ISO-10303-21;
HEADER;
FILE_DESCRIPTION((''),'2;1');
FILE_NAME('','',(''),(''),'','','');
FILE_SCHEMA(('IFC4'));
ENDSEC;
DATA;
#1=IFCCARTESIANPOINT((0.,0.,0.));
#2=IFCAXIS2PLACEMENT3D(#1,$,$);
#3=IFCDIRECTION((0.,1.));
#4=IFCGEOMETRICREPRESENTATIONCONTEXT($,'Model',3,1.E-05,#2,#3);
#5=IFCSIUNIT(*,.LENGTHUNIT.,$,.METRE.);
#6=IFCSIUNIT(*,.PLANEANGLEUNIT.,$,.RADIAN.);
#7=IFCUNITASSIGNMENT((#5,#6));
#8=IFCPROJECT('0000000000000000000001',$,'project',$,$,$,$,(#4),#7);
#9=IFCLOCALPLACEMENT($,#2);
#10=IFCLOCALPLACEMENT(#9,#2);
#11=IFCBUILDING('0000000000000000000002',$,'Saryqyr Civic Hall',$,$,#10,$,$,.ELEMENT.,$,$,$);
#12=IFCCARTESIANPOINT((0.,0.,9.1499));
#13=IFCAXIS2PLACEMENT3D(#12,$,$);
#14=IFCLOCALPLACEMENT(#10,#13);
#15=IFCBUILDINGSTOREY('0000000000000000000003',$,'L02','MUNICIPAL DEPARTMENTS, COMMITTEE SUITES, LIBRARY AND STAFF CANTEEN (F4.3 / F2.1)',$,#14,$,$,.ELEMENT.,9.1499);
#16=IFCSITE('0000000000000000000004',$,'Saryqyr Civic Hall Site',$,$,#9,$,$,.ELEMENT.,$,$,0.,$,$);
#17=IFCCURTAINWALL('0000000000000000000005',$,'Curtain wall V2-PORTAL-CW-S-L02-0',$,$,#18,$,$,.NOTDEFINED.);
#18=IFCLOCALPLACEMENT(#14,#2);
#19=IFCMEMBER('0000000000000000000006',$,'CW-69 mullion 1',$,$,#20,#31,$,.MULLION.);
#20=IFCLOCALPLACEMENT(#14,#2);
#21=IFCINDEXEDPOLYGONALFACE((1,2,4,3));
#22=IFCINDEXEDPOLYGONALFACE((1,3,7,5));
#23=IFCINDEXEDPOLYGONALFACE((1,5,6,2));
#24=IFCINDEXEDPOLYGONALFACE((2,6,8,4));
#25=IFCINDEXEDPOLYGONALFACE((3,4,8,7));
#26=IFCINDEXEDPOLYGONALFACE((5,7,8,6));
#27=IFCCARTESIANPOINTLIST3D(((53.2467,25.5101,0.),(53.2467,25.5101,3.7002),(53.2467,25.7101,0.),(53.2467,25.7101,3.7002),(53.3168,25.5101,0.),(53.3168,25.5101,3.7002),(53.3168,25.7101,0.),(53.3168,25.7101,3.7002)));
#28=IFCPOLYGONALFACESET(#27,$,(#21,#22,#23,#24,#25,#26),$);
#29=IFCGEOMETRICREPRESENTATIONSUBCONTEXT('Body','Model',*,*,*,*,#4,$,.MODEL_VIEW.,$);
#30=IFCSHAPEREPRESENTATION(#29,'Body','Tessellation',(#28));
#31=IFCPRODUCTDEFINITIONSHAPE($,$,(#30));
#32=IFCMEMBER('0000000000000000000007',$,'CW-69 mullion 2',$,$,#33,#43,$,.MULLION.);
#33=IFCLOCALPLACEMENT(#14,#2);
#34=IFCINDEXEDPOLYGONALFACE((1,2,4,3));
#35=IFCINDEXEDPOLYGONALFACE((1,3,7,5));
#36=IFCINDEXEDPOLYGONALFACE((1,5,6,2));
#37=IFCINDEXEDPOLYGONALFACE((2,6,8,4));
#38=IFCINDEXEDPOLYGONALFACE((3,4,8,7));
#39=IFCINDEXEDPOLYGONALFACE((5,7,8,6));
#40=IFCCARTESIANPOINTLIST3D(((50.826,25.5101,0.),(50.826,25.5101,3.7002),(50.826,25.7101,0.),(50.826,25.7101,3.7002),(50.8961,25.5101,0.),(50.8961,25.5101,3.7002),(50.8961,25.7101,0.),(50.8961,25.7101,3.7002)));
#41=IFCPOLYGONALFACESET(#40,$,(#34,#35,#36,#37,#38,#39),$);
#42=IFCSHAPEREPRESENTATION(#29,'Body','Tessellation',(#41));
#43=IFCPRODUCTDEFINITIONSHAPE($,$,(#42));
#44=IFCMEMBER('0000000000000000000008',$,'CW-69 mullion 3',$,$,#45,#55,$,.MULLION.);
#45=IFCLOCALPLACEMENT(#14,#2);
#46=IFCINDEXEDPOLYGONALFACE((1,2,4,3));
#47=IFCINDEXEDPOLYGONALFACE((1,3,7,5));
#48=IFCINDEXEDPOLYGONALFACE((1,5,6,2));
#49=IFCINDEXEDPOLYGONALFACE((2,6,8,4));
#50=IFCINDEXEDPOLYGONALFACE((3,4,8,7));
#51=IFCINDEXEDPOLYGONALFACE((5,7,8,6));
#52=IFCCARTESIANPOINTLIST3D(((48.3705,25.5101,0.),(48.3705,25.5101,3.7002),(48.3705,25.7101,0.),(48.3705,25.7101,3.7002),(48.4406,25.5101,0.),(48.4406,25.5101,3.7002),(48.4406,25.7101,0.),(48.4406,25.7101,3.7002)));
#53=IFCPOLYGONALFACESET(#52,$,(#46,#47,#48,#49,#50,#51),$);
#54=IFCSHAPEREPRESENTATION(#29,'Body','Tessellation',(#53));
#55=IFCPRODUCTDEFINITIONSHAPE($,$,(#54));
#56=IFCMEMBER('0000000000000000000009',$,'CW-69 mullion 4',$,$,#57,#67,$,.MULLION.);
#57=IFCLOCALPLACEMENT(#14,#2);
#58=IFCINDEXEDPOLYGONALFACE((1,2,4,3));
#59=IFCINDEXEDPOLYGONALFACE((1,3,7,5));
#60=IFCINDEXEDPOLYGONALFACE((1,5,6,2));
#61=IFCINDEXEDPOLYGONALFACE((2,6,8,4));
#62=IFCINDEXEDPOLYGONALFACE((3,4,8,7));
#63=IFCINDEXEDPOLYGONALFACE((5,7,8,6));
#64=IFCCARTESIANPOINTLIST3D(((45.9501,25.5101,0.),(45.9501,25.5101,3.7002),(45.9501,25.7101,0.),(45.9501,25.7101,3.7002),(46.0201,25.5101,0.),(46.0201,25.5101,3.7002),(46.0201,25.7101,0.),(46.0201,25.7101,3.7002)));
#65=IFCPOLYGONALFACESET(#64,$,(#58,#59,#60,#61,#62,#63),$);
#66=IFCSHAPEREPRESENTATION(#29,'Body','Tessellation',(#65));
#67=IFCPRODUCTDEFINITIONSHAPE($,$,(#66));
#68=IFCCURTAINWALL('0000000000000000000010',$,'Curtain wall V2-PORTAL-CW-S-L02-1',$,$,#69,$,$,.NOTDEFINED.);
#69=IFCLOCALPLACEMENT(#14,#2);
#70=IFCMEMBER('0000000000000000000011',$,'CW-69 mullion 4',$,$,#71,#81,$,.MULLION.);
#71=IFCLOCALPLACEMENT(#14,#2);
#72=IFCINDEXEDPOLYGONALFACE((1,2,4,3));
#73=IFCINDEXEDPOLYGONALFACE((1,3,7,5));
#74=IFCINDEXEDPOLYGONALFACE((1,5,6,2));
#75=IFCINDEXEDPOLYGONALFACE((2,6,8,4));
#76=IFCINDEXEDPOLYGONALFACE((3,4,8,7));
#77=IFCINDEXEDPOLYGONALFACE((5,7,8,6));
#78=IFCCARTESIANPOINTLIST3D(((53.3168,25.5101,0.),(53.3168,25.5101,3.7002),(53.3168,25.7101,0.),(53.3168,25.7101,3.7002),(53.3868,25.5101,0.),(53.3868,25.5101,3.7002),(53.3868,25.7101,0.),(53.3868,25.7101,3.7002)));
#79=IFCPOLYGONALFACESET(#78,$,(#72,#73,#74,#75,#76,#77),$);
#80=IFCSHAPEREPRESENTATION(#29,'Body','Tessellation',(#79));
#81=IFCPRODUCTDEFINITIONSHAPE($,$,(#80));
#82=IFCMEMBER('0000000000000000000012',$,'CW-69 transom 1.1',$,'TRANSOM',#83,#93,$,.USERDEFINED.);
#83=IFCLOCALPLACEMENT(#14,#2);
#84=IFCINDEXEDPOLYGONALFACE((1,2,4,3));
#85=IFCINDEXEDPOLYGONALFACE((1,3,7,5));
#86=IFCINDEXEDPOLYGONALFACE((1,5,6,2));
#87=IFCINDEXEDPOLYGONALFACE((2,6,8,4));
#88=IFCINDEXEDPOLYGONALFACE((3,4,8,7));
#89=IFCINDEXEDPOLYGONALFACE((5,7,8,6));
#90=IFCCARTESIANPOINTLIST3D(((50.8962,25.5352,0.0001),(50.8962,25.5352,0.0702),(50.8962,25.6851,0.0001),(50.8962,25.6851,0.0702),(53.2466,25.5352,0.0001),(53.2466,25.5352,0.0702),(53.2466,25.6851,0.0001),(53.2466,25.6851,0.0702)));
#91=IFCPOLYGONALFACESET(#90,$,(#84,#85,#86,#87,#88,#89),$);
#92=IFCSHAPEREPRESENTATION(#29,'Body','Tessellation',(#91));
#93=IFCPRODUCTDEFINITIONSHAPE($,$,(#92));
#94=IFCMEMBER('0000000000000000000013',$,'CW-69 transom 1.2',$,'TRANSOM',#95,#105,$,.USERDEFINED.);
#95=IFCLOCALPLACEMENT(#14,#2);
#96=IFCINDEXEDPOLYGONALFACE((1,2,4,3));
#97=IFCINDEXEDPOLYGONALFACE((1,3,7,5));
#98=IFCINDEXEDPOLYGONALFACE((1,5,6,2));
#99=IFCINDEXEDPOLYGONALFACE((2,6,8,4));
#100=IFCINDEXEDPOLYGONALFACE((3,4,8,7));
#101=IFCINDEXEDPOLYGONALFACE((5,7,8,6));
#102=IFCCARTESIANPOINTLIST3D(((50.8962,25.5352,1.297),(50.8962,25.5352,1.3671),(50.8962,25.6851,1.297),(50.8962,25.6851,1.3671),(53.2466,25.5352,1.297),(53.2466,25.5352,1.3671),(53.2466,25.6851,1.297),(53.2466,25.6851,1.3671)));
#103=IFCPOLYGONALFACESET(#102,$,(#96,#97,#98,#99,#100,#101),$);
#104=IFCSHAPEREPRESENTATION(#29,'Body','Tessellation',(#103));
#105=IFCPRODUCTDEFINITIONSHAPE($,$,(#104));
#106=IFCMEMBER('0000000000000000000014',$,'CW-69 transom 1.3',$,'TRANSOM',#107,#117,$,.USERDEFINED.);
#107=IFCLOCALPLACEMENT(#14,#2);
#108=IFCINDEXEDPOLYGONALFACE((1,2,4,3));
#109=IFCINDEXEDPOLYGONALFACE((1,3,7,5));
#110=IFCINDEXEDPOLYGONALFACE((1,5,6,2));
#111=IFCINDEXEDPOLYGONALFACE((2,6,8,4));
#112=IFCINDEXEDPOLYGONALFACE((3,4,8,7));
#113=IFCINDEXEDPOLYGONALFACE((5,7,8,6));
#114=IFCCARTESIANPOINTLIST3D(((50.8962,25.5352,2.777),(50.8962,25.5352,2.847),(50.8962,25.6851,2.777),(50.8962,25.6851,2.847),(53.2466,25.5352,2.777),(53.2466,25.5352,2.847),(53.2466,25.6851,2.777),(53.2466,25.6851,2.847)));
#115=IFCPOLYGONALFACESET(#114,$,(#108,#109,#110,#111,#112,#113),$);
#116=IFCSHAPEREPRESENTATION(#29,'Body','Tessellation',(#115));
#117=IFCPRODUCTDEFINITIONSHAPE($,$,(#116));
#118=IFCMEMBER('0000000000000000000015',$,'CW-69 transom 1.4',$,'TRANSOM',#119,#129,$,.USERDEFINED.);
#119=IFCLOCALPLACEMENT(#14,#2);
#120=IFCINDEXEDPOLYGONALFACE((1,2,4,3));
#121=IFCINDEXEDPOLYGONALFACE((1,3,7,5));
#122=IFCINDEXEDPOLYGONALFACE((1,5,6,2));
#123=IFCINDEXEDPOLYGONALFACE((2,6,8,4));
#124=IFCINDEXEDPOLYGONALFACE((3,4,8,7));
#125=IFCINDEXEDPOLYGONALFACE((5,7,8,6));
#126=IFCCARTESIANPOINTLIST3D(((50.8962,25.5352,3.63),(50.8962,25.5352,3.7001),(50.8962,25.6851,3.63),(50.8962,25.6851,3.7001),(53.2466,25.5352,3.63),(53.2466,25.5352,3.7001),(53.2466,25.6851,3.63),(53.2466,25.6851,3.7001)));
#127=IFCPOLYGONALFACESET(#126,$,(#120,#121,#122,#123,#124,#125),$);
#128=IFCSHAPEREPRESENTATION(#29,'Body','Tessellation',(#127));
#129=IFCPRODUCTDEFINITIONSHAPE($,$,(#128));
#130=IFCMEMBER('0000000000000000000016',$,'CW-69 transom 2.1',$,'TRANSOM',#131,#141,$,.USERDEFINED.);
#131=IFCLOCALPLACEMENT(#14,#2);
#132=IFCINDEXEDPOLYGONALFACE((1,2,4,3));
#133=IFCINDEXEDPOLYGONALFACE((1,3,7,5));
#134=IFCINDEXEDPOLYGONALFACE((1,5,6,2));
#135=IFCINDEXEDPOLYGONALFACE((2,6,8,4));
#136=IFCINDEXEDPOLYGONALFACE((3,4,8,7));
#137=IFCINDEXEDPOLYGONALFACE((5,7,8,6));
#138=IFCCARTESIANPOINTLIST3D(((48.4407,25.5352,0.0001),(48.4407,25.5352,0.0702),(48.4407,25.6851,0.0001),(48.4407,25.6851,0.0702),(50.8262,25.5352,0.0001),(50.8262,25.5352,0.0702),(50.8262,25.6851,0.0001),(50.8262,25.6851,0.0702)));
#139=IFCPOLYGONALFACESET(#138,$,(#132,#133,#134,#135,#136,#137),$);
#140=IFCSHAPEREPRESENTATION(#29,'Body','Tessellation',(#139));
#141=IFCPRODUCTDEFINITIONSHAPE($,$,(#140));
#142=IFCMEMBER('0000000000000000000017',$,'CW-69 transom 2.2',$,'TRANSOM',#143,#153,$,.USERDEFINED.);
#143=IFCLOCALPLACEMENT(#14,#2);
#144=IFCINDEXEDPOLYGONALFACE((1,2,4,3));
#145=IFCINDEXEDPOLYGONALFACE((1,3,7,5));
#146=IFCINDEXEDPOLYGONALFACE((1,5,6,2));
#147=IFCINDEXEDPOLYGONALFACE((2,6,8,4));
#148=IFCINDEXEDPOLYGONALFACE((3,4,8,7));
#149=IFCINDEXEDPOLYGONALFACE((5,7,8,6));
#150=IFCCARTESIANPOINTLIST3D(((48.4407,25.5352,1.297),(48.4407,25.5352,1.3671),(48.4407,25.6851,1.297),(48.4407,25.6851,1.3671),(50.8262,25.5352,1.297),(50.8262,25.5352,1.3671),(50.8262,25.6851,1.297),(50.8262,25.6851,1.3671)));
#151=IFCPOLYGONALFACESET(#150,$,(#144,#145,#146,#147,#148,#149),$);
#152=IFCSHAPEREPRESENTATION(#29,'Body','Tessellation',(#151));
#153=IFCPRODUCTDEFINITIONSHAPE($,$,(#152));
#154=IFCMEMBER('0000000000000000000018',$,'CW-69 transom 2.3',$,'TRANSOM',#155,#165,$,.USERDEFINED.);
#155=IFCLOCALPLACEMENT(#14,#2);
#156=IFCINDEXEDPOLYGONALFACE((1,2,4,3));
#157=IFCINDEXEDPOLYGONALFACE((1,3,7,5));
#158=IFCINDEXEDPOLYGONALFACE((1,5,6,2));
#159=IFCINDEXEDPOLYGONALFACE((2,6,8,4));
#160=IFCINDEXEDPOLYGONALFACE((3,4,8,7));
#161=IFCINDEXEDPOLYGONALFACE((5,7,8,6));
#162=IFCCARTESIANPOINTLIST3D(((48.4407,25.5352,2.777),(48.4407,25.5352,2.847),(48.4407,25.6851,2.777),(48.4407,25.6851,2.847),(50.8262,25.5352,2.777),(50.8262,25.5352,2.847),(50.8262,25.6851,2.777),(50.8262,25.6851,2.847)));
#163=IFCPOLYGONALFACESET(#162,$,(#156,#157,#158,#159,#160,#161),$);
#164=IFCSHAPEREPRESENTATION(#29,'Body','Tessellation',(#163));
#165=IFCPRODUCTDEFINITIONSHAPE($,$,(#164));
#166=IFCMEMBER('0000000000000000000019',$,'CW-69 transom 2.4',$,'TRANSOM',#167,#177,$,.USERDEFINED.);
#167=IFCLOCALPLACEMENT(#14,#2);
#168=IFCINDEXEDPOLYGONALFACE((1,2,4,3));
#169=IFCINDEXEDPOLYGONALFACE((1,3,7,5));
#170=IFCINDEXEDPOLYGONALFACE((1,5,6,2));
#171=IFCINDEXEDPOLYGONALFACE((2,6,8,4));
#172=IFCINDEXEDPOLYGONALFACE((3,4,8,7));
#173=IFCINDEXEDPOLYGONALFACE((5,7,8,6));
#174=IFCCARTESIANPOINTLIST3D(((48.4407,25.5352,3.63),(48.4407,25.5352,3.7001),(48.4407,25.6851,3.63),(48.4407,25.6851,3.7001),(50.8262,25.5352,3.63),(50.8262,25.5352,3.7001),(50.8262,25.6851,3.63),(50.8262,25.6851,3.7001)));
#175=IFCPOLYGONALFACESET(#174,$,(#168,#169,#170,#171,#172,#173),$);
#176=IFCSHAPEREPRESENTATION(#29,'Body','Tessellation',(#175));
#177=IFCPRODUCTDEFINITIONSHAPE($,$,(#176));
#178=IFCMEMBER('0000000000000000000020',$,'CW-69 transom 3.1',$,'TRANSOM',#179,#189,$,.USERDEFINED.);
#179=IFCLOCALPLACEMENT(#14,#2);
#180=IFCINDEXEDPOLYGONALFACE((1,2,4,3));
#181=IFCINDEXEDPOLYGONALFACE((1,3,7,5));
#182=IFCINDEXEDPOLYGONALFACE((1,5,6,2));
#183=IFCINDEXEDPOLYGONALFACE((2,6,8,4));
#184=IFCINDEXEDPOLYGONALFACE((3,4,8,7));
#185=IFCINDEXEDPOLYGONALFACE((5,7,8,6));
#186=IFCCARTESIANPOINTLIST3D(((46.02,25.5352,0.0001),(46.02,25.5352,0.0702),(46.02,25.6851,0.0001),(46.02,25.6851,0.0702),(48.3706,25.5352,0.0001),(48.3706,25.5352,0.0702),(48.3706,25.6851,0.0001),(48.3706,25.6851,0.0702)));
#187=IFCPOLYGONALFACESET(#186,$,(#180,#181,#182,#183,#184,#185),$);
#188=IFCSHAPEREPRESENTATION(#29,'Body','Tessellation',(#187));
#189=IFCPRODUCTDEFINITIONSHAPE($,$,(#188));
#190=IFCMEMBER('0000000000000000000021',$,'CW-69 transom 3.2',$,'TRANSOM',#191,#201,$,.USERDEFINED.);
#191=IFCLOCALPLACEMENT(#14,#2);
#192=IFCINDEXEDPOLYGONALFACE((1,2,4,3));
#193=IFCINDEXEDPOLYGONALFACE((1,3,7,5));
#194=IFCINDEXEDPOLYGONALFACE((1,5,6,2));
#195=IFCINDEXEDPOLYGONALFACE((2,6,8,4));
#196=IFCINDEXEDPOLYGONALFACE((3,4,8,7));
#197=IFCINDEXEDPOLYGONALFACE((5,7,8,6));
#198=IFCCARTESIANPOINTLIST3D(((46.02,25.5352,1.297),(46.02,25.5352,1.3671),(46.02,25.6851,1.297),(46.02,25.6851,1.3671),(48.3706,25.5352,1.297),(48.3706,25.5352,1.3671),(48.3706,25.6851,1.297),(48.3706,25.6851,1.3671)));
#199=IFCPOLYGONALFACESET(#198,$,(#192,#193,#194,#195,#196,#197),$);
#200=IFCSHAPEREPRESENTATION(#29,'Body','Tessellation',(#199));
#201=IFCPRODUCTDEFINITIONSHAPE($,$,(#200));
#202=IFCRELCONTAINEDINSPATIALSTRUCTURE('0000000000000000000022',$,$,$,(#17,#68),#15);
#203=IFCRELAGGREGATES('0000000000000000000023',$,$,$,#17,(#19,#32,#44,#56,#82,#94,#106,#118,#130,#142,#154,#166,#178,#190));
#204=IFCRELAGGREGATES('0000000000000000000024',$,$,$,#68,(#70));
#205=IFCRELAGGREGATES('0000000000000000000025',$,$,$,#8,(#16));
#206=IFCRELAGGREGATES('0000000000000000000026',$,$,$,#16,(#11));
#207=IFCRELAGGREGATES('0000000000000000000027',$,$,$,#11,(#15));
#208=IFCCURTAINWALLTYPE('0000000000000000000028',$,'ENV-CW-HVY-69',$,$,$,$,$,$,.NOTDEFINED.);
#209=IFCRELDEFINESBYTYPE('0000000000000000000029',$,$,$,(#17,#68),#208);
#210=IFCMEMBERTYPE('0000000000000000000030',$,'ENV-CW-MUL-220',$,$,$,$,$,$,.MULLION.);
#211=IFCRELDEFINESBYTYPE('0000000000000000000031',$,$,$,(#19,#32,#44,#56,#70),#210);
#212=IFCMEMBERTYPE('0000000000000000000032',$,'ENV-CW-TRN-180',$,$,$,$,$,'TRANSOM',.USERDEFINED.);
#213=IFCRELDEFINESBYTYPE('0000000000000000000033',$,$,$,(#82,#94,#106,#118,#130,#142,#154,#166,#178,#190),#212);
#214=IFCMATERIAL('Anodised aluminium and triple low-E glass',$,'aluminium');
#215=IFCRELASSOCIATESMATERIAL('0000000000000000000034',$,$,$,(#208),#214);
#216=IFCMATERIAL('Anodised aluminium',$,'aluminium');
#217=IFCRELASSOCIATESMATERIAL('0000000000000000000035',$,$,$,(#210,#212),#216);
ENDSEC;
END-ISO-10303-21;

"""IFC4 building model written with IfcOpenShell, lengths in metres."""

from ifc_helpers import new_model, si_unit, direction, frame, origin, origin_2d, place, context, subcontext, project, spatial, rectangle, extrude, material, material_profile, profile_set, type_object, element, aggregate, save


model = new_model("IFC4")

# Units and contexts
model_context = context("Model", 3, precision=1e-05, world=origin(), true_north=direction((0.0, 1.0)))
body_context = subcontext(model_context, "Body", "Model", "MODEL_VIEW")
ifc_project = project(units=[si_unit("LENGTHUNIT", "METRE"), si_unit("PLANEANGLEUNIT", "RADIAN")], contexts=[model_context])

# Site, building, storey
site_placement = place(None, origin())
site = spatial("IfcSite", under=ifc_project, at=site_placement, Name="Saryqyr Civic Hall Site", CompositionType="ELEMENT", RefElevation=0.0)
building_placement = place(site_placement, origin())
building = spatial("IfcBuilding", under=site, at=building_placement, Name="Saryqyr Civic Hall", CompositionType="ELEMENT")
storey_placement = place(building_placement, frame((0.0, 0.0, 9.1499)))
storey = spatial("IfcBuildingStorey", under=building, at=storey_placement, Name="L02", Description="MUNICIPAL DEPARTMENTS, COMMITTEE SUITES, LIBRARY AND STAFF CANTEEN (F4.3 / F2.1)", CompositionType="ELEMENT", Elevation=9.1499)

# Curtain wall, members
ifc_material_1 = material(Name="Anodised aluminium and triple low-E glass", Category="aluminium")
curtain_wall_type = type_object("IfcCurtainWallType", Name="ENV-CW-HVY-69", PredefinedType="NOTDEFINED", material=ifc_material_1)
curtain_wall_1_placement = place(storey_placement, origin())
curtain_wall_1 = element("IfcCurtainWall", 1, at=curtain_wall_1_placement, inside=storey, type_object=curtain_wall_type, Name="Curtain wall V2-PORTAL-CW-S-L02-0", PredefinedType="NOTDEFINED")
ifc_material_2 = material(Name="Anodised aluminium", Category="aluminium")
ifc_material_profile_1 = material_profile(ifc_material_2, rectangle(XDim=0.0701, YDim=0.2, at=origin_2d()), Name="ALU MULLION 70x200")
ifc_profile_set_1 = profile_set([ifc_material_profile_1], Name="Anodised aluminium")
member_type_1 = type_object("IfcMemberType", Name="ENV-CW-MUL-220", PredefinedType="MULLION", material=ifc_profile_set_1)
member_1_placement = place(storey_placement, frame((53.2817, 25.6101, 0.0), z_axis=(0.0, 0.0, 1.0), x_axis=(-1.0, 0.0, 0.0)))
member_1 = element("IfcMember", 2, at=member_1_placement, type_object=member_type_1, Name="CW-69 mullion 1", PredefinedType="MULLION", context=body_context, shape_type="SweptSolid", body=[
    extrude(rectangle(XDim=0.0701, YDim=0.2, at=origin_2d()), origin(), (0.0, 0.0, 1.0), 3.7002),
])
member_2_placement = place(storey_placement, frame((50.8611, 25.6101, 0.0), z_axis=(0.0, 0.0, 1.0), x_axis=(-1.0, 0.0, 0.0)))
member_2 = element("IfcMember", 3, at=member_2_placement, type_object=member_type_1, Name="CW-69 mullion 2", PredefinedType="MULLION", context=body_context, shape_type="SweptSolid", body=[
    extrude(rectangle(XDim=0.0701, YDim=0.2, at=origin_2d()), origin(), (0.0, 0.0, 1.0), 3.7002),
])
member_3_placement = place(storey_placement, frame((48.4055, 25.6101, 0.0), z_axis=(0.0, 0.0, 1.0), x_axis=(-1.0, 0.0, 0.0)))
member_3 = element("IfcMember", 4, at=member_3_placement, type_object=member_type_1, Name="CW-69 mullion 3", PredefinedType="MULLION", context=body_context, shape_type="SweptSolid", body=[
    extrude(rectangle(XDim=0.0701, YDim=0.2, at=origin_2d()), origin(), (0.0, 0.0, 1.0), 3.7002),
])
member_4_placement = place(storey_placement, frame((45.9851, 25.6101, 0.0), z_axis=(0.0, 0.0, 1.0), x_axis=(-1.0, 0.0, 0.0)))
member_4 = element("IfcMember", 5, at=member_4_placement, type_object=member_type_1, Name="CW-69 mullion 4", PredefinedType="MULLION", context=body_context, shape_type="SweptSolid", body=[
    extrude(rectangle(XDim=0.0701, YDim=0.2, at=origin_2d()), origin(), (0.0, 0.0, 1.0), 3.7002),
])

# Curtain wall, member
curtain_wall_2_placement = place(storey_placement, origin())
curtain_wall_2 = element("IfcCurtainWall", 6, at=curtain_wall_2_placement, inside=storey, type_object=curtain_wall_type, Name="Curtain wall V2-PORTAL-CW-S-L02-1", PredefinedType="NOTDEFINED")
member_5_placement = place(storey_placement, frame((53.3518, 25.6101, 0.0), z_axis=(0.0, 0.0, 1.0), x_axis=(-1.0, 0.0, 0.0)))
member_5 = element("IfcMember", 7, at=member_5_placement, type_object=member_type_1, Name="CW-69 mullion 4", PredefinedType="MULLION", context=body_context, shape_type="SweptSolid", body=[
    extrude(rectangle(XDim=0.0701, YDim=0.2, at=origin_2d()), origin(), (0.0, 0.0, 1.0), 3.7002),
])

# Members
ifc_material_profile_2 = material_profile(ifc_material_2, rectangle(XDim=0.1499, YDim=0.0701, at=origin_2d()), Name="ALU TRANSOM 150x70")
ifc_profile_set_2 = profile_set([ifc_material_profile_2], Name="Anodised aluminium")
member_type_2 = type_object("IfcMemberType", Name="ENV-CW-TRN-180", ElementType="TRANSOM", PredefinedType="USERDEFINED", material=ifc_profile_set_2)
member_6_placement = place(storey_placement, frame((53.2466, 25.6101, 0.0352), z_axis=(-1.0, 0.0, 0.0), x_axis=(0.0, -1.0, 0.0)))
member_6 = element("IfcMember", 8, at=member_6_placement, type_object=member_type_2, Name="CW-69 transom 1.1", ObjectType="TRANSOM", PredefinedType="USERDEFINED", context=body_context, shape_type="SweptSolid", body=[
    extrude(rectangle(XDim=0.1499, YDim=0.0701, at=origin_2d()), origin(), (0.0, 0.0, 1.0), 2.3503),
])
member_7_placement = place(storey_placement, frame((53.2466, 25.6101, 1.332), z_axis=(-1.0, 0.0, 0.0), x_axis=(0.0, -1.0, 0.0)))
member_7 = element("IfcMember", 9, at=member_7_placement, type_object=member_type_2, Name="CW-69 transom 1.2", ObjectType="TRANSOM", PredefinedType="USERDEFINED", context=body_context, shape_type="SweptSolid", body=[
    extrude(rectangle(XDim=0.1499, YDim=0.0701, at=origin_2d()), origin(), (0.0, 0.0, 1.0), 2.3503),
])
member_8_placement = place(storey_placement, frame((53.2466, 25.6101, 2.812), z_axis=(-1.0, 0.0, 0.0), x_axis=(0.0, -1.0, 0.0)))
member_8 = element("IfcMember", 10, at=member_8_placement, type_object=member_type_2, Name="CW-69 transom 1.3", ObjectType="TRANSOM", PredefinedType="USERDEFINED", context=body_context, shape_type="SweptSolid", body=[
    extrude(rectangle(XDim=0.1499, YDim=0.0701, at=origin_2d()), origin(), (0.0, 0.0, 1.0), 2.3503),
])
member_9_placement = place(storey_placement, frame((53.2466, 25.6101, 3.665), z_axis=(-1.0, 0.0, 0.0), x_axis=(0.0, -1.0, 0.0)))
member_9 = element("IfcMember", 11, at=member_9_placement, type_object=member_type_2, Name="CW-69 transom 1.4", ObjectType="TRANSOM", PredefinedType="USERDEFINED", context=body_context, shape_type="SweptSolid", body=[
    extrude(rectangle(XDim=0.1499, YDim=0.0701, at=origin_2d()), origin(), (0.0, 0.0, 1.0), 2.3503),
])
member_10_placement = place(storey_placement, frame((50.8262, 25.6101, 0.0352), z_axis=(-1.0, 0.0, 0.0), x_axis=(0.0, -1.0, 0.0)))
member_10 = element("IfcMember", 12, at=member_10_placement, type_object=member_type_2, Name="CW-69 transom 2.1", ObjectType="TRANSOM", PredefinedType="USERDEFINED", context=body_context, shape_type="SweptSolid", body=[
    extrude(rectangle(XDim=0.1499, YDim=0.0701, at=origin_2d()), origin(), (0.0, 0.0, 1.0), 2.3855),
])
member_11_placement = place(storey_placement, frame((50.8262, 25.6101, 1.332), z_axis=(-1.0, 0.0, 0.0), x_axis=(0.0, -1.0, 0.0)))
member_11 = element("IfcMember", 13, at=member_11_placement, type_object=member_type_2, Name="CW-69 transom 2.2", ObjectType="TRANSOM", PredefinedType="USERDEFINED", context=body_context, shape_type="SweptSolid", body=[
    extrude(rectangle(XDim=0.1499, YDim=0.0701, at=origin_2d()), origin(), (0.0, 0.0, 1.0), 2.3855),
])
member_12_placement = place(storey_placement, frame((50.8262, 25.6101, 2.812), z_axis=(-1.0, 0.0, 0.0), x_axis=(0.0, -1.0, 0.0)))
member_12 = element("IfcMember", 14, at=member_12_placement, type_object=member_type_2, Name="CW-69 transom 2.3", ObjectType="TRANSOM", PredefinedType="USERDEFINED", context=body_context, shape_type="SweptSolid", body=[
    extrude(rectangle(XDim=0.1499, YDim=0.0701, at=origin_2d()), origin(), (0.0, 0.0, 1.0), 2.3855),
])
member_13_placement = place(storey_placement, frame((50.8262, 25.6101, 3.665), z_axis=(-1.0, 0.0, 0.0), x_axis=(0.0, -1.0, 0.0)))
member_13 = element("IfcMember", 15, at=member_13_placement, type_object=member_type_2, Name="CW-69 transom 2.4", ObjectType="TRANSOM", PredefinedType="USERDEFINED", context=body_context, shape_type="SweptSolid", body=[
    extrude(rectangle(XDim=0.1499, YDim=0.0701, at=origin_2d()), origin(), (0.0, 0.0, 1.0), 2.3855),
])
member_14_placement = place(storey_placement, frame((48.3706, 25.6101, 0.0352), z_axis=(-1.0, 0.0, 0.0), x_axis=(0.0, -1.0, 0.0)))
member_14 = element("IfcMember", 16, at=member_14_placement, type_object=member_type_2, Name="CW-69 transom 3.1", ObjectType="TRANSOM", PredefinedType="USERDEFINED", context=body_context, shape_type="SweptSolid", body=[
    extrude(rectangle(XDim=0.1499, YDim=0.0701, at=origin_2d()), origin(), (0.0, 0.0, 1.0), 2.3506),
])
member_15_placement = place(storey_placement, frame((48.3706, 25.6101, 1.332), z_axis=(-1.0, 0.0, 0.0), x_axis=(0.0, -1.0, 0.0)))
member_15 = element("IfcMember", 17, at=member_15_placement, type_object=member_type_2, Name="CW-69 transom 3.2", ObjectType="TRANSOM", PredefinedType="USERDEFINED", context=body_context, shape_type="SweptSolid", body=[
    extrude(rectangle(XDim=0.1499, YDim=0.0701, at=origin_2d()), origin(), (0.0, 0.0, 1.0), 2.3506),
])

aggregate(curtain_wall_1, [member_1, member_2, member_3, member_4, member_6, member_7, member_8, member_9, member_10, member_11, member_12, member_13, member_14, member_15])
aggregate(curtain_wall_2, [member_5])

save(model, "model.ifc")
